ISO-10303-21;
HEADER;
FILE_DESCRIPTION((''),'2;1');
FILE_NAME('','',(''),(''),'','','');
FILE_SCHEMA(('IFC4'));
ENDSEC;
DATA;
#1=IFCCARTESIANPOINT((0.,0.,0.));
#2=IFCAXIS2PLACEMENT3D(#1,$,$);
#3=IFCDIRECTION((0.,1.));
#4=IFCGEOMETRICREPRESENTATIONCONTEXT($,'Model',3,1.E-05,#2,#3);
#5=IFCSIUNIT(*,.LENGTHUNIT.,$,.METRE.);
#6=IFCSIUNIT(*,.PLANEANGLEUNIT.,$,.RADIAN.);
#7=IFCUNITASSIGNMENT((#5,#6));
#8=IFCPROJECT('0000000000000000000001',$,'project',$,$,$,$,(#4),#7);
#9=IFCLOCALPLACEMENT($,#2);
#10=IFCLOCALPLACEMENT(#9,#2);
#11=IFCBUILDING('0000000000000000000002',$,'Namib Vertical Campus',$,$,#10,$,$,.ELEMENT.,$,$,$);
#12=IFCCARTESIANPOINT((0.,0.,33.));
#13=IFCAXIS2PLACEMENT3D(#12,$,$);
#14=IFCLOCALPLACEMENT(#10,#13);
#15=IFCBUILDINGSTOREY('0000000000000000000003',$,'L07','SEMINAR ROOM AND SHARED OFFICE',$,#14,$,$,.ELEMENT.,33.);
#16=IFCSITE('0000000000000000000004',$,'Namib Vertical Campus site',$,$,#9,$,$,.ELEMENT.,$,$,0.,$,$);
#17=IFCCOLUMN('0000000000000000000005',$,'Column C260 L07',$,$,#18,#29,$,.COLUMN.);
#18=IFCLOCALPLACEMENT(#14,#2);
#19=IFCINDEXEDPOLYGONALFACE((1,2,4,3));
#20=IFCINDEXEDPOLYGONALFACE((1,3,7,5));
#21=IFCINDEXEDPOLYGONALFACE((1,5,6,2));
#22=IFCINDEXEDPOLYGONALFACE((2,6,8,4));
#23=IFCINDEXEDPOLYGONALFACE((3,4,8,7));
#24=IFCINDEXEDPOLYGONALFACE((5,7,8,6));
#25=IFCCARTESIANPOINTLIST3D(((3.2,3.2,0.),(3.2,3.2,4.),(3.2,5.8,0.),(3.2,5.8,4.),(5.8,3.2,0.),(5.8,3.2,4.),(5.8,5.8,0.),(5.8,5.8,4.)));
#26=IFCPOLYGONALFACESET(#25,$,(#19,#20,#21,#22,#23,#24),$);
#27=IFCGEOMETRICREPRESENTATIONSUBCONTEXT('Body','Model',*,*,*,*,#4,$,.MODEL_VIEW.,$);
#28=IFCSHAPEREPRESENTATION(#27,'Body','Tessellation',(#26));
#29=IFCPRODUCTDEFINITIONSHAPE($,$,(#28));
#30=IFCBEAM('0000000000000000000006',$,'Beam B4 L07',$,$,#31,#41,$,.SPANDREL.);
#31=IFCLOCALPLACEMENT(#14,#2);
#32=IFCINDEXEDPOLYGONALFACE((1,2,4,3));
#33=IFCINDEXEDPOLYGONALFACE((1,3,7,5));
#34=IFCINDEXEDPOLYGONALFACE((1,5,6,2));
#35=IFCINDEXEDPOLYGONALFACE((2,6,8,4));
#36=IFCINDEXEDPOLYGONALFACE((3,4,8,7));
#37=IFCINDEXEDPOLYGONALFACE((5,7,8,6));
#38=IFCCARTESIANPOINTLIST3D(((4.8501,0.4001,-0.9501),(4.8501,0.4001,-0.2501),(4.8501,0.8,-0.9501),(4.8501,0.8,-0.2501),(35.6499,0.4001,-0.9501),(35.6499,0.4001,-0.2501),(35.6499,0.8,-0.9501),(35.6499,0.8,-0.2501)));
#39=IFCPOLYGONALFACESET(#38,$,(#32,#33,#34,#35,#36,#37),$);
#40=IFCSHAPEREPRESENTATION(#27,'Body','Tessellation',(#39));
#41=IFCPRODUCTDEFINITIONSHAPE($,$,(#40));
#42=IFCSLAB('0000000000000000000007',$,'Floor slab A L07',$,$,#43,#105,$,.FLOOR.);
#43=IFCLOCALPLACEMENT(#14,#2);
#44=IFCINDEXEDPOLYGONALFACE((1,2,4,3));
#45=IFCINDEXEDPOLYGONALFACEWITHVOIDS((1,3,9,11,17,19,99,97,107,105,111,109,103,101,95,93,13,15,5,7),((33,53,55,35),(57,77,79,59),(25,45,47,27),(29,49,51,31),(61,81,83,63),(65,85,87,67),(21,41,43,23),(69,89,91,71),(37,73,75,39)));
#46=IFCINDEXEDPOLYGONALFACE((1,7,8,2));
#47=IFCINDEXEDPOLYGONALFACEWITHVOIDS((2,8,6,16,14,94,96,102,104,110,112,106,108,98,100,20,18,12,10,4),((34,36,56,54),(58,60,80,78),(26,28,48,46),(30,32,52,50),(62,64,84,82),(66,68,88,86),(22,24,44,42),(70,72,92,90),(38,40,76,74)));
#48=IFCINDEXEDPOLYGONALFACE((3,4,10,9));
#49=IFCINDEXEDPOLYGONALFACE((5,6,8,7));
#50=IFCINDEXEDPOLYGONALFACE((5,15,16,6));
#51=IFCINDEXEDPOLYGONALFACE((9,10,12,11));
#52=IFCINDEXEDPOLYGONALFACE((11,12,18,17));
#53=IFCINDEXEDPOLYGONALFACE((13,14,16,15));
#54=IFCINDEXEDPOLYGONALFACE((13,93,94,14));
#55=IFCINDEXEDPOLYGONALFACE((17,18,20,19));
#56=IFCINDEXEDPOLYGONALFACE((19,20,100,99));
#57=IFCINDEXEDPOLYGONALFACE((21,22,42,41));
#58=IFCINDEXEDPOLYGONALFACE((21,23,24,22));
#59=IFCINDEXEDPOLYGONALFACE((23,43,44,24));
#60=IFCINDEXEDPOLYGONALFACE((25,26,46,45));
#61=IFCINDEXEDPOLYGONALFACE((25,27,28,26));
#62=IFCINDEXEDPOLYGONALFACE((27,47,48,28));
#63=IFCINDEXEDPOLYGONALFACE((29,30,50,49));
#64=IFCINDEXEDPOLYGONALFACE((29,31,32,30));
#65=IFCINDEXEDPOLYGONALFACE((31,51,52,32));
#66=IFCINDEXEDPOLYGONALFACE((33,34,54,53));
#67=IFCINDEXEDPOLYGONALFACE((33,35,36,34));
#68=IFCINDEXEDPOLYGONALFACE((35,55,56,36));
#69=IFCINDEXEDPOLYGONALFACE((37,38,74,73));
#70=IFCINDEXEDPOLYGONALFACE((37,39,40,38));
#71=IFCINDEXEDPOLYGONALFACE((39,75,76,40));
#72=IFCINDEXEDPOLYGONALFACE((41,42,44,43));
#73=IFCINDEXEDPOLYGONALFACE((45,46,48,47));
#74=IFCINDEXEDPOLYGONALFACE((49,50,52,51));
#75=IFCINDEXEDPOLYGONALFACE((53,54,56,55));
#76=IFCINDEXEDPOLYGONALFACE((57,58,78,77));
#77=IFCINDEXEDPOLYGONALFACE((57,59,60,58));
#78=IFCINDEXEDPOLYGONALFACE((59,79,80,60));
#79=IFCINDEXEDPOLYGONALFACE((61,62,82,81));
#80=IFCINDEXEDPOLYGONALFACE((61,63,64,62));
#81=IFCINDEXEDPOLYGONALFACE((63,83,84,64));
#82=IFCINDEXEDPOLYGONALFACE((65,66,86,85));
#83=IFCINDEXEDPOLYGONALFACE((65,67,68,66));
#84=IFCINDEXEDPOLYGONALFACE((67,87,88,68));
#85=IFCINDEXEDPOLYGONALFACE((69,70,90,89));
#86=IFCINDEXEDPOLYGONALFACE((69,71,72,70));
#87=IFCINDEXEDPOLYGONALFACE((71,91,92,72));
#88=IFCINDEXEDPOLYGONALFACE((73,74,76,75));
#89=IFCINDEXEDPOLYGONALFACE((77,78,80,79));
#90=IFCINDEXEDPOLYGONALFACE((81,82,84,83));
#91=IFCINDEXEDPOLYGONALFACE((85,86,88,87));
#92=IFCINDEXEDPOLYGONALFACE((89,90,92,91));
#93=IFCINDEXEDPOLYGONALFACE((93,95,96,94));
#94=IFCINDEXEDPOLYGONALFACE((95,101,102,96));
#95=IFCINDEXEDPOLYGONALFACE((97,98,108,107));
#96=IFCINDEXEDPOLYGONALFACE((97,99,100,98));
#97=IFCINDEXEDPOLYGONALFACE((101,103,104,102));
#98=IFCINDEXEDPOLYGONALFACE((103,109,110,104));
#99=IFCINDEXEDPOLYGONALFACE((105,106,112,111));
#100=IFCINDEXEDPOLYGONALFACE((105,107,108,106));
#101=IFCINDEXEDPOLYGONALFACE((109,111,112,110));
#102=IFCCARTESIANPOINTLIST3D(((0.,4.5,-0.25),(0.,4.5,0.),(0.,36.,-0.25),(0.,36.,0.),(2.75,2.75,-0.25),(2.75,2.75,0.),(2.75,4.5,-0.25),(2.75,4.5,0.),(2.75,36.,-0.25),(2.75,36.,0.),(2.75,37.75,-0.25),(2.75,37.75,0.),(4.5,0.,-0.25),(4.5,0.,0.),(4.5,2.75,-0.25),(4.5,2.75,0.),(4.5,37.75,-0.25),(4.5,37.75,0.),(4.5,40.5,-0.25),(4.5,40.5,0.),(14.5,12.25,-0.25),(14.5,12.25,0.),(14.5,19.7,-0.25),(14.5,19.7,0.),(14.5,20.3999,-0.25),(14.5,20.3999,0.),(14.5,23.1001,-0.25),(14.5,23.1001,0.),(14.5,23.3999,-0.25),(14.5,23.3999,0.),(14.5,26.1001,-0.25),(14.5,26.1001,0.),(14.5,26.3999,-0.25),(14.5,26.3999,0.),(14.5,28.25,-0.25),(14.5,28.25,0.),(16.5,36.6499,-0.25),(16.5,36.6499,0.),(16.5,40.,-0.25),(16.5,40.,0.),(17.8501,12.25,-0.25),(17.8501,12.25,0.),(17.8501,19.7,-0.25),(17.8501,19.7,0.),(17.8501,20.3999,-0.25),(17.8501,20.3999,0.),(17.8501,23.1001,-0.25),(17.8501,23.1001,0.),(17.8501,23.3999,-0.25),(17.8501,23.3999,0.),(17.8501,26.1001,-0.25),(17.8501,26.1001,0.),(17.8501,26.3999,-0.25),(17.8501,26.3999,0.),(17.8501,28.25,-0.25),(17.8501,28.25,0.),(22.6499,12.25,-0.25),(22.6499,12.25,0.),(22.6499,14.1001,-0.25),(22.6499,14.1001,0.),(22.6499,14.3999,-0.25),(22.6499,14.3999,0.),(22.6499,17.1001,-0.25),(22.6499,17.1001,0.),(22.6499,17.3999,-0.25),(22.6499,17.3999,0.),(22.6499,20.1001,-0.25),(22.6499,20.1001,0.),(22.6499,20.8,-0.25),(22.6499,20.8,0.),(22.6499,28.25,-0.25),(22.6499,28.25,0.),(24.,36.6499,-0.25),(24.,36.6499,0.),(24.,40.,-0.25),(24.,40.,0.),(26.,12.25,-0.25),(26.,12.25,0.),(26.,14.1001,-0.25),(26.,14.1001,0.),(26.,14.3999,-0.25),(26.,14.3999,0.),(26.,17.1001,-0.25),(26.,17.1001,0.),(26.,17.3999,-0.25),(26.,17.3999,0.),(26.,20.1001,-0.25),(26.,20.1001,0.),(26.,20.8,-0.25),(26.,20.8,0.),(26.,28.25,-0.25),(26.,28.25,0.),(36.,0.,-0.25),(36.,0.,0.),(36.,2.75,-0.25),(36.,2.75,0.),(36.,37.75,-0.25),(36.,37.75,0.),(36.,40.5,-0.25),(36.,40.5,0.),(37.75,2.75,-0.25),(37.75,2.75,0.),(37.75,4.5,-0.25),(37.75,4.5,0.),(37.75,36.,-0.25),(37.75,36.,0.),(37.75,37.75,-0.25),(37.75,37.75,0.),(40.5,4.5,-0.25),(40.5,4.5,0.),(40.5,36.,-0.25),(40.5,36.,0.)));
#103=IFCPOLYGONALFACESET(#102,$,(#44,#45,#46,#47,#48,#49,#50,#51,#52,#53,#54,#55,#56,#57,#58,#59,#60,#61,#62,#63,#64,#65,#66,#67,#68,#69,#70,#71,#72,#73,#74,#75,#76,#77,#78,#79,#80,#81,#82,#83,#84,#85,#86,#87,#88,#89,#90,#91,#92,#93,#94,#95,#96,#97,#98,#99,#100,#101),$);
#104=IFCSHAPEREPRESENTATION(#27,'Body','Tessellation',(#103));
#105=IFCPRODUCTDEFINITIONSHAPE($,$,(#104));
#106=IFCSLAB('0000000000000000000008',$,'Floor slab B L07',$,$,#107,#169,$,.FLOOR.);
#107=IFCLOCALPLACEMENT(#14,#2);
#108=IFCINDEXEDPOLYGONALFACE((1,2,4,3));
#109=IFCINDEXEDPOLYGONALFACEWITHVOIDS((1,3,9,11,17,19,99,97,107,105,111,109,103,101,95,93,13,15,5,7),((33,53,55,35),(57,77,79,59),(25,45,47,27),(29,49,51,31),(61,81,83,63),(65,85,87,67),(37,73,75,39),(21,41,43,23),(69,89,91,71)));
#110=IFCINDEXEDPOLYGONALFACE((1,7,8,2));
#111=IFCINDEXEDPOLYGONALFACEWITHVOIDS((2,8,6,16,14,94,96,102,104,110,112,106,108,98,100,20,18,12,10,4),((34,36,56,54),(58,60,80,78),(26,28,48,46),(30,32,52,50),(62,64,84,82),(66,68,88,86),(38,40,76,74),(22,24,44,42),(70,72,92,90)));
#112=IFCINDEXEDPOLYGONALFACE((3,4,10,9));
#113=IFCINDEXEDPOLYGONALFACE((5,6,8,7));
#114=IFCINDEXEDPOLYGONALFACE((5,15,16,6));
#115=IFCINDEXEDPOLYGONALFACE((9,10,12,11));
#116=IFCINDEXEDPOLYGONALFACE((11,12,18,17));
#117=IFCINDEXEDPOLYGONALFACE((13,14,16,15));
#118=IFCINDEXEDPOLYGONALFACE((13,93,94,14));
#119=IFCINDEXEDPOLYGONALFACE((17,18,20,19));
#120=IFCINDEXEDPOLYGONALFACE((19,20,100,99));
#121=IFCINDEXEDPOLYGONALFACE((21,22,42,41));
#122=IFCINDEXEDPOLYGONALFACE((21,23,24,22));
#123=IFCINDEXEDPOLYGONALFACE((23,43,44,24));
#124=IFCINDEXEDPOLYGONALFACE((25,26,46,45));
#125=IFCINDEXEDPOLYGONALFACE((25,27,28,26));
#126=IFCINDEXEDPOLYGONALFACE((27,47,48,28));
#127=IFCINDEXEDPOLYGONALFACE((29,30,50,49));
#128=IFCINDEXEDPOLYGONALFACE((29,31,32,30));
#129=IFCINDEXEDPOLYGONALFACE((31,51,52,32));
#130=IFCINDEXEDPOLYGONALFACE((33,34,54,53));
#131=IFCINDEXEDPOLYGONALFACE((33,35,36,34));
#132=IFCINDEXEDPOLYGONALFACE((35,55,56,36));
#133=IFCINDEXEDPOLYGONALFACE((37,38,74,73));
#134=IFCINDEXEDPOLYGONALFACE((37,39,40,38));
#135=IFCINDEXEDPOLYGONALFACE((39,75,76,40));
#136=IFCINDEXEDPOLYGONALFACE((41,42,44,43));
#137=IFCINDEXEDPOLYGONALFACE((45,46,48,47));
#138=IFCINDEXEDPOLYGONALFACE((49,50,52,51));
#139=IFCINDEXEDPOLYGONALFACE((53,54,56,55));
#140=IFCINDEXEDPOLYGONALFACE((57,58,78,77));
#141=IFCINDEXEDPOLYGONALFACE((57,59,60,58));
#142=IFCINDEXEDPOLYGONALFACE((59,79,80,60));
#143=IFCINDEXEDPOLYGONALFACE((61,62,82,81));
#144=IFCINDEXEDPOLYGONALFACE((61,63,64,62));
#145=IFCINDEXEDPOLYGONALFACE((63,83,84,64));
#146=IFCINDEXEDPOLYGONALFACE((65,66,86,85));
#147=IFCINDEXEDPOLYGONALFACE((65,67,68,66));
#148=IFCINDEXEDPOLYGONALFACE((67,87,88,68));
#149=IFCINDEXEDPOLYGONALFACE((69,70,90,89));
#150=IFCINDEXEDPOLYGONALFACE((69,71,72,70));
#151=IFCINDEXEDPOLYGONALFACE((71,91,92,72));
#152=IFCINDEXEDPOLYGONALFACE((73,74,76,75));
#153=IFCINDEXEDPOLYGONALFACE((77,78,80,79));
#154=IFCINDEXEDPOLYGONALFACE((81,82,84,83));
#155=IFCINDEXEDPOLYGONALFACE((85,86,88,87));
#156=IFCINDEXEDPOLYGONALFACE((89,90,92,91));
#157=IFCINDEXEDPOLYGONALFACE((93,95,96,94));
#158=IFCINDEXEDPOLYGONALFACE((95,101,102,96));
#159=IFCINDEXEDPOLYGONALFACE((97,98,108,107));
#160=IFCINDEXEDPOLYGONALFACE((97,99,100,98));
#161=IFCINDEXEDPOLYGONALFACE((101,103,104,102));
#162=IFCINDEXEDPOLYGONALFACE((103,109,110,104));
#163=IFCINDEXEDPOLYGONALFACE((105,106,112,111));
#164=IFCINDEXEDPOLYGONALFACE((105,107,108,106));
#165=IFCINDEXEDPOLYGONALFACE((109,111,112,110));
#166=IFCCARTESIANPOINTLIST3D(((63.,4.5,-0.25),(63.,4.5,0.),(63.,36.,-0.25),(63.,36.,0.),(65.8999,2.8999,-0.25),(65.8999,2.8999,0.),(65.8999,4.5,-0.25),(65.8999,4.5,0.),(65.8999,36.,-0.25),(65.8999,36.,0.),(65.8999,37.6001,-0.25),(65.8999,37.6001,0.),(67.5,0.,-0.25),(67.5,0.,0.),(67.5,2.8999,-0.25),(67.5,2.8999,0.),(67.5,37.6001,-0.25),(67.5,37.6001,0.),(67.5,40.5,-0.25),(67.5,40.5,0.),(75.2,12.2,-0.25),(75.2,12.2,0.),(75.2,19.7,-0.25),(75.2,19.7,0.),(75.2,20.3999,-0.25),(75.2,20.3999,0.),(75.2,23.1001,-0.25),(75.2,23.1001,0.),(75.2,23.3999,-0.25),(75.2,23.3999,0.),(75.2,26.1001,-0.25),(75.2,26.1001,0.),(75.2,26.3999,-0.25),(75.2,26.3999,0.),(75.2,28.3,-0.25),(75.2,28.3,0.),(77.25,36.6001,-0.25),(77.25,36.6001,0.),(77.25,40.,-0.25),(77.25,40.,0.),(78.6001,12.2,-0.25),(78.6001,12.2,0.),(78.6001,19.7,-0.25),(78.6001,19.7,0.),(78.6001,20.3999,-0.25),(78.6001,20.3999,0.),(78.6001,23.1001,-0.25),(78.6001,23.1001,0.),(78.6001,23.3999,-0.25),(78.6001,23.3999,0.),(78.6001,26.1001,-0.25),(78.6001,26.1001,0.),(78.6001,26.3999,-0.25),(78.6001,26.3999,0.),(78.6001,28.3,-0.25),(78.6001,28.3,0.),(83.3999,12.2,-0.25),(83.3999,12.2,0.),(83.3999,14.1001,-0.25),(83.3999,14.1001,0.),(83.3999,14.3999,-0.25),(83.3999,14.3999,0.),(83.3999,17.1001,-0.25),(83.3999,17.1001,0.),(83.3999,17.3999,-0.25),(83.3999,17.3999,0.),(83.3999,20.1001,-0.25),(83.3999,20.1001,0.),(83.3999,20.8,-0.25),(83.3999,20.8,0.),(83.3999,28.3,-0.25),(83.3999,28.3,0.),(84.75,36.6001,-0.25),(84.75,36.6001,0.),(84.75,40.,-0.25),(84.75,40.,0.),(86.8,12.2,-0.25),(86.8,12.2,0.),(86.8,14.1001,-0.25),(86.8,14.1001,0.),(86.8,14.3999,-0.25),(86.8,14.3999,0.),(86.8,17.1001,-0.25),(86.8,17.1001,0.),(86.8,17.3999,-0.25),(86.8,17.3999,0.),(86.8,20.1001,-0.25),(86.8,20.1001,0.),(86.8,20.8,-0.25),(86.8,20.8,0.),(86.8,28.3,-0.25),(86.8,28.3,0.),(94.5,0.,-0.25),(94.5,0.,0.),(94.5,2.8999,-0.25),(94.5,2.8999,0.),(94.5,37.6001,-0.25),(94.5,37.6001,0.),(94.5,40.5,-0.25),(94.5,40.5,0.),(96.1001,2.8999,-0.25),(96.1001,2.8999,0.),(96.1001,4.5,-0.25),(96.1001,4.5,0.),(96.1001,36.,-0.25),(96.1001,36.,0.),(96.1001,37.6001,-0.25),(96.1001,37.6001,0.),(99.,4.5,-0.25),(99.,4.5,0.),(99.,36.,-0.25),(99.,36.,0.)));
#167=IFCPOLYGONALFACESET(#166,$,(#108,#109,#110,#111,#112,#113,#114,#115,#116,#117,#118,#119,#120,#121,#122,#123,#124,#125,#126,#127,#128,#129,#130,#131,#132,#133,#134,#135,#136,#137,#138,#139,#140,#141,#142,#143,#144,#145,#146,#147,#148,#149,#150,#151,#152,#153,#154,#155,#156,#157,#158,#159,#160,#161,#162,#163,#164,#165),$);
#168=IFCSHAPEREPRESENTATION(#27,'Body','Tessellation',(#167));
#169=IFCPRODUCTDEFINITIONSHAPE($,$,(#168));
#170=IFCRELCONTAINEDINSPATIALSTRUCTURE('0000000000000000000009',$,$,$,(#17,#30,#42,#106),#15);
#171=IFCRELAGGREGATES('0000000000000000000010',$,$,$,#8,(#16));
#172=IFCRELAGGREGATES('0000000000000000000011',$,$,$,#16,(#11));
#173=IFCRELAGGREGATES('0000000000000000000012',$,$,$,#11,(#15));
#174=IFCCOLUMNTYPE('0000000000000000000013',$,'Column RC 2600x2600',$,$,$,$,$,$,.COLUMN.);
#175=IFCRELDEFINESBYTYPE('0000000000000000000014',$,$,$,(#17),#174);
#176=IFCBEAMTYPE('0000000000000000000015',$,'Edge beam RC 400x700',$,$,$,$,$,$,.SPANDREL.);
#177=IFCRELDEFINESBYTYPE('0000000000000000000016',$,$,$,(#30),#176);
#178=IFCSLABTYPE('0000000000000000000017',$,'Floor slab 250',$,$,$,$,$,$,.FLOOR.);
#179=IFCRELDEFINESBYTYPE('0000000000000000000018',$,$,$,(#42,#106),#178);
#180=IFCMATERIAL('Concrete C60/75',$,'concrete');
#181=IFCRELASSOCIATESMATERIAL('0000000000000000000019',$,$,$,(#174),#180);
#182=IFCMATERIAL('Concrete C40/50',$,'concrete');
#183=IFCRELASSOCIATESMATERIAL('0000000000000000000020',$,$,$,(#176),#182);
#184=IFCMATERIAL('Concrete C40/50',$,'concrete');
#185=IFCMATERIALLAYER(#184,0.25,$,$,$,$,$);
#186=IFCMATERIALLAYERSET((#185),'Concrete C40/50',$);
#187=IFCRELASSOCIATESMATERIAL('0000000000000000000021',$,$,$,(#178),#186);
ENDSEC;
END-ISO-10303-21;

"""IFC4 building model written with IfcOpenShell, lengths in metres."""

from ifc_helpers import new_model, si_unit, direction, frame, origin, origin_2d, place, context, subcontext, project, spatial, polyline, rectangle, outline, extrude, material, layer, layer_set, material_profile, profile_set, type_object, element, save


model = new_model("IFC4")

# Units and contexts
model_context = context("Model", 3, precision=1e-05, world=origin(), true_north=direction((0.0, 1.0)))
body_context = subcontext(model_context, "Body", "Model", "MODEL_VIEW")
ifc_project = project(units=[si_unit("LENGTHUNIT", "METRE"), si_unit("PLANEANGLEUNIT", "RADIAN")], contexts=[model_context])

# Site, building, storey
site_placement = place(None, origin())
site = spatial("IfcSite", under=ifc_project, at=site_placement, Name="Namib Vertical Campus site", CompositionType="ELEMENT", RefElevation=0.0)
building_placement = place(site_placement, origin())
building = spatial("IfcBuilding", under=site, at=building_placement, Name="Namib Vertical Campus", CompositionType="ELEMENT")
storey_placement = place(building_placement, frame((0.0, 0.0, 33.0)))
storey = spatial("IfcBuildingStorey", under=building, at=storey_placement, Name="L07", Description="SEMINAR ROOM AND SHARED OFFICE", CompositionType="ELEMENT", Elevation=33.0)

# Column
ifc_material_1 = material(Name="Concrete C60/75", Category="concrete")
ifc_material_profile_1 = material_profile(ifc_material_1, rectangle(XDim=2.6001, YDim=2.6001, at=origin_2d()))
ifc_profile_set_1 = profile_set([ifc_material_profile_1], Name="Concrete C60/75")
column_type = type_object("IfcColumnType", Name="Column RC 2600x2600", PredefinedType="COLUMN", material=ifc_profile_set_1)
column_placement = place(storey_placement, frame((4.5, 4.5, 0.0), z_axis=(0.0, 0.0, 1.0), x_axis=(1.0, 0.0, 0.0)))
element("IfcColumn", 1, at=column_placement, inside=storey, type_object=column_type, Name="Column C260 L07", PredefinedType="COLUMN", context=body_context, shape_type="SweptSolid", body=[
    extrude(rectangle(XDim=2.6001, YDim=2.6001, at=origin_2d()), origin(), (0.0, 0.0, 1.0), 4.0),
])

# Beam
ifc_material_2 = material(Name="Concrete C40/50", Category="concrete")
ifc_material_profile_2 = material_profile(ifc_material_2, rectangle(XDim=0.3999, YDim=0.7, at=origin_2d()))
ifc_profile_set_2 = profile_set([ifc_material_profile_2], Name="Concrete C40/50")
beam_type = type_object("IfcBeamType", Name="Edge beam RC 400x700", PredefinedType="SPANDREL", material=ifc_profile_set_2)
beam_placement = place(storey_placement, frame((4.8501, 0.6001, -0.6001), z_axis=(1.0, 0.0, 0.0), x_axis=(0.0, 1.0, 0.0)))
element("IfcBeam", 2, at=beam_placement, inside=storey, type_object=beam_type, Name="Beam B4 L07", PredefinedType="SPANDREL", context=body_context, shape_type="SweptSolid", body=[
    extrude(rectangle(XDim=0.3999, YDim=0.7, at=origin_2d()), origin(), (0.0, 0.0, 1.0), 30.7998),
])

# Slabs
ifc_material_3 = material(Name="Concrete C40/50", Category="concrete")
ifc_layer_1 = layer(ifc_material_3, 0.25)
ifc_layer_set_1 = layer_set([ifc_layer_1], Name="Concrete C40/50")
slab_type_1 = type_object("IfcSlabType", Name="Floor slab 250", PredefinedType="FLOOR", material=ifc_layer_set_1)
slab_1_placement = place(storey_placement, frame((0.0, 0.0, -0.25)))
element("IfcSlab", 3, at=slab_1_placement, inside=storey, type_object=slab_type_1, Name="Floor slab A L07", PredefinedType="FLOOR", context=body_context, shape_type="SweptSolid", body=[
    extrude(outline(polyline([(4.5, 0.0), (36.0, 0.0), (36.0, 2.75), (37.75, 2.75), (37.75, 4.5), (40.5, 4.5), (40.5, 36.0), (37.75, 36.0), (37.75, 37.75), (36.0, 37.75), (36.0, 40.5), (4.5, 40.5), (4.5, 37.75), (2.75, 37.75), (2.75, 36.0), (0.0, 36.0), (0.0, 4.5), (2.75, 4.5), (2.75, 2.75), (4.5, 2.75), (4.5, 0.0)]), holes=[polyline([(14.5, 12.25), (17.8501, 12.25), (17.8501, 19.7), (14.5, 19.7), (14.5, 12.25)]), polyline([(22.6499, 20.8), (26.0, 20.8), (26.0, 28.25), (22.6499, 28.25), (22.6499, 20.8)]), polyline([(22.6499, 12.25), (26.0, 12.25), (26.0, 14.1001), (22.6499, 14.1001), (22.6499, 12.25)]), polyline([(14.5, 20.3999), (17.8501, 20.3999), (17.8501, 23.1001), (14.5, 23.1001), (14.5, 20.3999)]), polyline([(14.5, 23.3999), (17.8501, 23.3999), (17.8501, 26.1001), (14.5, 26.1001), (14.5, 23.3999)]), polyline([(14.5, 26.3999), (17.8501, 26.3999), (17.8501, 28.25), (14.5, 28.25), (14.5, 26.3999)]), polyline([(22.6499, 14.3999), (26.0, 14.3999), (26.0, 17.1001), (22.6499, 17.1001), (22.6499, 14.3999)]), polyline([(22.6499, 17.3999), (26.0, 17.3999), (26.0, 20.1001), (22.6499, 20.1001), (22.6499, 17.3999)]), polyline([(16.5, 36.6499), (24.0, 36.6499), (24.0, 40.0), (16.5, 40.0), (16.5, 36.6499)])]), origin(), (0.0, 0.0, 1.0), 0.25),
])
slab_2_placement = place(storey_placement, frame((0.0, 0.0, -0.25)))
element("IfcSlab", 4, at=slab_2_placement, inside=storey, type_object=slab_type_1, Name="Floor slab B L07", PredefinedType="FLOOR", context=body_context, shape_type="SweptSolid", body=[
    extrude(outline(polyline([(67.5, 0.0), (94.5, 0.0), (94.5, 2.8999), (96.1001, 2.8999), (96.1001, 4.5), (99.0, 4.5), (99.0, 36.0), (96.1001, 36.0), (96.1001, 37.6001), (94.5, 37.6001), (94.5, 40.5), (67.5, 40.5), (67.5, 37.6001), (65.8999, 37.6001), (65.8999, 36.0), (63.0, 36.0), (63.0, 4.5), (65.8999, 4.5), (65.8999, 2.8999), (67.5, 2.8999), (67.5, 0.0)]), holes=[polyline([(75.2, 12.2), (78.6001, 12.2), (78.6001, 19.7), (75.2, 19.7), (75.2, 12.2)]), polyline([(83.3999, 20.8), (86.8, 20.8), (86.8, 28.3), (83.3999, 28.3), (83.3999, 20.8)]), polyline([(83.3999, 12.2), (86.8, 12.2), (86.8, 14.1001), (83.3999, 14.1001), (83.3999, 12.2)]), polyline([(75.2, 20.3999), (78.6001, 20.3999), (78.6001, 23.1001), (75.2, 23.1001), (75.2, 20.3999)]), polyline([(75.2, 23.3999), (78.6001, 23.3999), (78.6001, 26.1001), (75.2, 26.1001), (75.2, 23.3999)]), polyline([(75.2, 26.3999), (78.6001, 26.3999), (78.6001, 28.3), (75.2, 28.3), (75.2, 26.3999)]), polyline([(83.3999, 14.3999), (86.8, 14.3999), (86.8, 17.1001), (83.3999, 17.1001), (83.3999, 14.3999)]), polyline([(83.3999, 17.3999), (86.8, 17.3999), (86.8, 20.1001), (83.3999, 20.1001), (83.3999, 17.3999)]), polyline([(77.25, 36.6001), (84.75, 36.6001), (84.75, 40.0), (77.25, 40.0), (77.25, 36.6001)])]), origin(), (0.0, 0.0, 1.0), 0.25),
])

save(model, "model.ifc")
